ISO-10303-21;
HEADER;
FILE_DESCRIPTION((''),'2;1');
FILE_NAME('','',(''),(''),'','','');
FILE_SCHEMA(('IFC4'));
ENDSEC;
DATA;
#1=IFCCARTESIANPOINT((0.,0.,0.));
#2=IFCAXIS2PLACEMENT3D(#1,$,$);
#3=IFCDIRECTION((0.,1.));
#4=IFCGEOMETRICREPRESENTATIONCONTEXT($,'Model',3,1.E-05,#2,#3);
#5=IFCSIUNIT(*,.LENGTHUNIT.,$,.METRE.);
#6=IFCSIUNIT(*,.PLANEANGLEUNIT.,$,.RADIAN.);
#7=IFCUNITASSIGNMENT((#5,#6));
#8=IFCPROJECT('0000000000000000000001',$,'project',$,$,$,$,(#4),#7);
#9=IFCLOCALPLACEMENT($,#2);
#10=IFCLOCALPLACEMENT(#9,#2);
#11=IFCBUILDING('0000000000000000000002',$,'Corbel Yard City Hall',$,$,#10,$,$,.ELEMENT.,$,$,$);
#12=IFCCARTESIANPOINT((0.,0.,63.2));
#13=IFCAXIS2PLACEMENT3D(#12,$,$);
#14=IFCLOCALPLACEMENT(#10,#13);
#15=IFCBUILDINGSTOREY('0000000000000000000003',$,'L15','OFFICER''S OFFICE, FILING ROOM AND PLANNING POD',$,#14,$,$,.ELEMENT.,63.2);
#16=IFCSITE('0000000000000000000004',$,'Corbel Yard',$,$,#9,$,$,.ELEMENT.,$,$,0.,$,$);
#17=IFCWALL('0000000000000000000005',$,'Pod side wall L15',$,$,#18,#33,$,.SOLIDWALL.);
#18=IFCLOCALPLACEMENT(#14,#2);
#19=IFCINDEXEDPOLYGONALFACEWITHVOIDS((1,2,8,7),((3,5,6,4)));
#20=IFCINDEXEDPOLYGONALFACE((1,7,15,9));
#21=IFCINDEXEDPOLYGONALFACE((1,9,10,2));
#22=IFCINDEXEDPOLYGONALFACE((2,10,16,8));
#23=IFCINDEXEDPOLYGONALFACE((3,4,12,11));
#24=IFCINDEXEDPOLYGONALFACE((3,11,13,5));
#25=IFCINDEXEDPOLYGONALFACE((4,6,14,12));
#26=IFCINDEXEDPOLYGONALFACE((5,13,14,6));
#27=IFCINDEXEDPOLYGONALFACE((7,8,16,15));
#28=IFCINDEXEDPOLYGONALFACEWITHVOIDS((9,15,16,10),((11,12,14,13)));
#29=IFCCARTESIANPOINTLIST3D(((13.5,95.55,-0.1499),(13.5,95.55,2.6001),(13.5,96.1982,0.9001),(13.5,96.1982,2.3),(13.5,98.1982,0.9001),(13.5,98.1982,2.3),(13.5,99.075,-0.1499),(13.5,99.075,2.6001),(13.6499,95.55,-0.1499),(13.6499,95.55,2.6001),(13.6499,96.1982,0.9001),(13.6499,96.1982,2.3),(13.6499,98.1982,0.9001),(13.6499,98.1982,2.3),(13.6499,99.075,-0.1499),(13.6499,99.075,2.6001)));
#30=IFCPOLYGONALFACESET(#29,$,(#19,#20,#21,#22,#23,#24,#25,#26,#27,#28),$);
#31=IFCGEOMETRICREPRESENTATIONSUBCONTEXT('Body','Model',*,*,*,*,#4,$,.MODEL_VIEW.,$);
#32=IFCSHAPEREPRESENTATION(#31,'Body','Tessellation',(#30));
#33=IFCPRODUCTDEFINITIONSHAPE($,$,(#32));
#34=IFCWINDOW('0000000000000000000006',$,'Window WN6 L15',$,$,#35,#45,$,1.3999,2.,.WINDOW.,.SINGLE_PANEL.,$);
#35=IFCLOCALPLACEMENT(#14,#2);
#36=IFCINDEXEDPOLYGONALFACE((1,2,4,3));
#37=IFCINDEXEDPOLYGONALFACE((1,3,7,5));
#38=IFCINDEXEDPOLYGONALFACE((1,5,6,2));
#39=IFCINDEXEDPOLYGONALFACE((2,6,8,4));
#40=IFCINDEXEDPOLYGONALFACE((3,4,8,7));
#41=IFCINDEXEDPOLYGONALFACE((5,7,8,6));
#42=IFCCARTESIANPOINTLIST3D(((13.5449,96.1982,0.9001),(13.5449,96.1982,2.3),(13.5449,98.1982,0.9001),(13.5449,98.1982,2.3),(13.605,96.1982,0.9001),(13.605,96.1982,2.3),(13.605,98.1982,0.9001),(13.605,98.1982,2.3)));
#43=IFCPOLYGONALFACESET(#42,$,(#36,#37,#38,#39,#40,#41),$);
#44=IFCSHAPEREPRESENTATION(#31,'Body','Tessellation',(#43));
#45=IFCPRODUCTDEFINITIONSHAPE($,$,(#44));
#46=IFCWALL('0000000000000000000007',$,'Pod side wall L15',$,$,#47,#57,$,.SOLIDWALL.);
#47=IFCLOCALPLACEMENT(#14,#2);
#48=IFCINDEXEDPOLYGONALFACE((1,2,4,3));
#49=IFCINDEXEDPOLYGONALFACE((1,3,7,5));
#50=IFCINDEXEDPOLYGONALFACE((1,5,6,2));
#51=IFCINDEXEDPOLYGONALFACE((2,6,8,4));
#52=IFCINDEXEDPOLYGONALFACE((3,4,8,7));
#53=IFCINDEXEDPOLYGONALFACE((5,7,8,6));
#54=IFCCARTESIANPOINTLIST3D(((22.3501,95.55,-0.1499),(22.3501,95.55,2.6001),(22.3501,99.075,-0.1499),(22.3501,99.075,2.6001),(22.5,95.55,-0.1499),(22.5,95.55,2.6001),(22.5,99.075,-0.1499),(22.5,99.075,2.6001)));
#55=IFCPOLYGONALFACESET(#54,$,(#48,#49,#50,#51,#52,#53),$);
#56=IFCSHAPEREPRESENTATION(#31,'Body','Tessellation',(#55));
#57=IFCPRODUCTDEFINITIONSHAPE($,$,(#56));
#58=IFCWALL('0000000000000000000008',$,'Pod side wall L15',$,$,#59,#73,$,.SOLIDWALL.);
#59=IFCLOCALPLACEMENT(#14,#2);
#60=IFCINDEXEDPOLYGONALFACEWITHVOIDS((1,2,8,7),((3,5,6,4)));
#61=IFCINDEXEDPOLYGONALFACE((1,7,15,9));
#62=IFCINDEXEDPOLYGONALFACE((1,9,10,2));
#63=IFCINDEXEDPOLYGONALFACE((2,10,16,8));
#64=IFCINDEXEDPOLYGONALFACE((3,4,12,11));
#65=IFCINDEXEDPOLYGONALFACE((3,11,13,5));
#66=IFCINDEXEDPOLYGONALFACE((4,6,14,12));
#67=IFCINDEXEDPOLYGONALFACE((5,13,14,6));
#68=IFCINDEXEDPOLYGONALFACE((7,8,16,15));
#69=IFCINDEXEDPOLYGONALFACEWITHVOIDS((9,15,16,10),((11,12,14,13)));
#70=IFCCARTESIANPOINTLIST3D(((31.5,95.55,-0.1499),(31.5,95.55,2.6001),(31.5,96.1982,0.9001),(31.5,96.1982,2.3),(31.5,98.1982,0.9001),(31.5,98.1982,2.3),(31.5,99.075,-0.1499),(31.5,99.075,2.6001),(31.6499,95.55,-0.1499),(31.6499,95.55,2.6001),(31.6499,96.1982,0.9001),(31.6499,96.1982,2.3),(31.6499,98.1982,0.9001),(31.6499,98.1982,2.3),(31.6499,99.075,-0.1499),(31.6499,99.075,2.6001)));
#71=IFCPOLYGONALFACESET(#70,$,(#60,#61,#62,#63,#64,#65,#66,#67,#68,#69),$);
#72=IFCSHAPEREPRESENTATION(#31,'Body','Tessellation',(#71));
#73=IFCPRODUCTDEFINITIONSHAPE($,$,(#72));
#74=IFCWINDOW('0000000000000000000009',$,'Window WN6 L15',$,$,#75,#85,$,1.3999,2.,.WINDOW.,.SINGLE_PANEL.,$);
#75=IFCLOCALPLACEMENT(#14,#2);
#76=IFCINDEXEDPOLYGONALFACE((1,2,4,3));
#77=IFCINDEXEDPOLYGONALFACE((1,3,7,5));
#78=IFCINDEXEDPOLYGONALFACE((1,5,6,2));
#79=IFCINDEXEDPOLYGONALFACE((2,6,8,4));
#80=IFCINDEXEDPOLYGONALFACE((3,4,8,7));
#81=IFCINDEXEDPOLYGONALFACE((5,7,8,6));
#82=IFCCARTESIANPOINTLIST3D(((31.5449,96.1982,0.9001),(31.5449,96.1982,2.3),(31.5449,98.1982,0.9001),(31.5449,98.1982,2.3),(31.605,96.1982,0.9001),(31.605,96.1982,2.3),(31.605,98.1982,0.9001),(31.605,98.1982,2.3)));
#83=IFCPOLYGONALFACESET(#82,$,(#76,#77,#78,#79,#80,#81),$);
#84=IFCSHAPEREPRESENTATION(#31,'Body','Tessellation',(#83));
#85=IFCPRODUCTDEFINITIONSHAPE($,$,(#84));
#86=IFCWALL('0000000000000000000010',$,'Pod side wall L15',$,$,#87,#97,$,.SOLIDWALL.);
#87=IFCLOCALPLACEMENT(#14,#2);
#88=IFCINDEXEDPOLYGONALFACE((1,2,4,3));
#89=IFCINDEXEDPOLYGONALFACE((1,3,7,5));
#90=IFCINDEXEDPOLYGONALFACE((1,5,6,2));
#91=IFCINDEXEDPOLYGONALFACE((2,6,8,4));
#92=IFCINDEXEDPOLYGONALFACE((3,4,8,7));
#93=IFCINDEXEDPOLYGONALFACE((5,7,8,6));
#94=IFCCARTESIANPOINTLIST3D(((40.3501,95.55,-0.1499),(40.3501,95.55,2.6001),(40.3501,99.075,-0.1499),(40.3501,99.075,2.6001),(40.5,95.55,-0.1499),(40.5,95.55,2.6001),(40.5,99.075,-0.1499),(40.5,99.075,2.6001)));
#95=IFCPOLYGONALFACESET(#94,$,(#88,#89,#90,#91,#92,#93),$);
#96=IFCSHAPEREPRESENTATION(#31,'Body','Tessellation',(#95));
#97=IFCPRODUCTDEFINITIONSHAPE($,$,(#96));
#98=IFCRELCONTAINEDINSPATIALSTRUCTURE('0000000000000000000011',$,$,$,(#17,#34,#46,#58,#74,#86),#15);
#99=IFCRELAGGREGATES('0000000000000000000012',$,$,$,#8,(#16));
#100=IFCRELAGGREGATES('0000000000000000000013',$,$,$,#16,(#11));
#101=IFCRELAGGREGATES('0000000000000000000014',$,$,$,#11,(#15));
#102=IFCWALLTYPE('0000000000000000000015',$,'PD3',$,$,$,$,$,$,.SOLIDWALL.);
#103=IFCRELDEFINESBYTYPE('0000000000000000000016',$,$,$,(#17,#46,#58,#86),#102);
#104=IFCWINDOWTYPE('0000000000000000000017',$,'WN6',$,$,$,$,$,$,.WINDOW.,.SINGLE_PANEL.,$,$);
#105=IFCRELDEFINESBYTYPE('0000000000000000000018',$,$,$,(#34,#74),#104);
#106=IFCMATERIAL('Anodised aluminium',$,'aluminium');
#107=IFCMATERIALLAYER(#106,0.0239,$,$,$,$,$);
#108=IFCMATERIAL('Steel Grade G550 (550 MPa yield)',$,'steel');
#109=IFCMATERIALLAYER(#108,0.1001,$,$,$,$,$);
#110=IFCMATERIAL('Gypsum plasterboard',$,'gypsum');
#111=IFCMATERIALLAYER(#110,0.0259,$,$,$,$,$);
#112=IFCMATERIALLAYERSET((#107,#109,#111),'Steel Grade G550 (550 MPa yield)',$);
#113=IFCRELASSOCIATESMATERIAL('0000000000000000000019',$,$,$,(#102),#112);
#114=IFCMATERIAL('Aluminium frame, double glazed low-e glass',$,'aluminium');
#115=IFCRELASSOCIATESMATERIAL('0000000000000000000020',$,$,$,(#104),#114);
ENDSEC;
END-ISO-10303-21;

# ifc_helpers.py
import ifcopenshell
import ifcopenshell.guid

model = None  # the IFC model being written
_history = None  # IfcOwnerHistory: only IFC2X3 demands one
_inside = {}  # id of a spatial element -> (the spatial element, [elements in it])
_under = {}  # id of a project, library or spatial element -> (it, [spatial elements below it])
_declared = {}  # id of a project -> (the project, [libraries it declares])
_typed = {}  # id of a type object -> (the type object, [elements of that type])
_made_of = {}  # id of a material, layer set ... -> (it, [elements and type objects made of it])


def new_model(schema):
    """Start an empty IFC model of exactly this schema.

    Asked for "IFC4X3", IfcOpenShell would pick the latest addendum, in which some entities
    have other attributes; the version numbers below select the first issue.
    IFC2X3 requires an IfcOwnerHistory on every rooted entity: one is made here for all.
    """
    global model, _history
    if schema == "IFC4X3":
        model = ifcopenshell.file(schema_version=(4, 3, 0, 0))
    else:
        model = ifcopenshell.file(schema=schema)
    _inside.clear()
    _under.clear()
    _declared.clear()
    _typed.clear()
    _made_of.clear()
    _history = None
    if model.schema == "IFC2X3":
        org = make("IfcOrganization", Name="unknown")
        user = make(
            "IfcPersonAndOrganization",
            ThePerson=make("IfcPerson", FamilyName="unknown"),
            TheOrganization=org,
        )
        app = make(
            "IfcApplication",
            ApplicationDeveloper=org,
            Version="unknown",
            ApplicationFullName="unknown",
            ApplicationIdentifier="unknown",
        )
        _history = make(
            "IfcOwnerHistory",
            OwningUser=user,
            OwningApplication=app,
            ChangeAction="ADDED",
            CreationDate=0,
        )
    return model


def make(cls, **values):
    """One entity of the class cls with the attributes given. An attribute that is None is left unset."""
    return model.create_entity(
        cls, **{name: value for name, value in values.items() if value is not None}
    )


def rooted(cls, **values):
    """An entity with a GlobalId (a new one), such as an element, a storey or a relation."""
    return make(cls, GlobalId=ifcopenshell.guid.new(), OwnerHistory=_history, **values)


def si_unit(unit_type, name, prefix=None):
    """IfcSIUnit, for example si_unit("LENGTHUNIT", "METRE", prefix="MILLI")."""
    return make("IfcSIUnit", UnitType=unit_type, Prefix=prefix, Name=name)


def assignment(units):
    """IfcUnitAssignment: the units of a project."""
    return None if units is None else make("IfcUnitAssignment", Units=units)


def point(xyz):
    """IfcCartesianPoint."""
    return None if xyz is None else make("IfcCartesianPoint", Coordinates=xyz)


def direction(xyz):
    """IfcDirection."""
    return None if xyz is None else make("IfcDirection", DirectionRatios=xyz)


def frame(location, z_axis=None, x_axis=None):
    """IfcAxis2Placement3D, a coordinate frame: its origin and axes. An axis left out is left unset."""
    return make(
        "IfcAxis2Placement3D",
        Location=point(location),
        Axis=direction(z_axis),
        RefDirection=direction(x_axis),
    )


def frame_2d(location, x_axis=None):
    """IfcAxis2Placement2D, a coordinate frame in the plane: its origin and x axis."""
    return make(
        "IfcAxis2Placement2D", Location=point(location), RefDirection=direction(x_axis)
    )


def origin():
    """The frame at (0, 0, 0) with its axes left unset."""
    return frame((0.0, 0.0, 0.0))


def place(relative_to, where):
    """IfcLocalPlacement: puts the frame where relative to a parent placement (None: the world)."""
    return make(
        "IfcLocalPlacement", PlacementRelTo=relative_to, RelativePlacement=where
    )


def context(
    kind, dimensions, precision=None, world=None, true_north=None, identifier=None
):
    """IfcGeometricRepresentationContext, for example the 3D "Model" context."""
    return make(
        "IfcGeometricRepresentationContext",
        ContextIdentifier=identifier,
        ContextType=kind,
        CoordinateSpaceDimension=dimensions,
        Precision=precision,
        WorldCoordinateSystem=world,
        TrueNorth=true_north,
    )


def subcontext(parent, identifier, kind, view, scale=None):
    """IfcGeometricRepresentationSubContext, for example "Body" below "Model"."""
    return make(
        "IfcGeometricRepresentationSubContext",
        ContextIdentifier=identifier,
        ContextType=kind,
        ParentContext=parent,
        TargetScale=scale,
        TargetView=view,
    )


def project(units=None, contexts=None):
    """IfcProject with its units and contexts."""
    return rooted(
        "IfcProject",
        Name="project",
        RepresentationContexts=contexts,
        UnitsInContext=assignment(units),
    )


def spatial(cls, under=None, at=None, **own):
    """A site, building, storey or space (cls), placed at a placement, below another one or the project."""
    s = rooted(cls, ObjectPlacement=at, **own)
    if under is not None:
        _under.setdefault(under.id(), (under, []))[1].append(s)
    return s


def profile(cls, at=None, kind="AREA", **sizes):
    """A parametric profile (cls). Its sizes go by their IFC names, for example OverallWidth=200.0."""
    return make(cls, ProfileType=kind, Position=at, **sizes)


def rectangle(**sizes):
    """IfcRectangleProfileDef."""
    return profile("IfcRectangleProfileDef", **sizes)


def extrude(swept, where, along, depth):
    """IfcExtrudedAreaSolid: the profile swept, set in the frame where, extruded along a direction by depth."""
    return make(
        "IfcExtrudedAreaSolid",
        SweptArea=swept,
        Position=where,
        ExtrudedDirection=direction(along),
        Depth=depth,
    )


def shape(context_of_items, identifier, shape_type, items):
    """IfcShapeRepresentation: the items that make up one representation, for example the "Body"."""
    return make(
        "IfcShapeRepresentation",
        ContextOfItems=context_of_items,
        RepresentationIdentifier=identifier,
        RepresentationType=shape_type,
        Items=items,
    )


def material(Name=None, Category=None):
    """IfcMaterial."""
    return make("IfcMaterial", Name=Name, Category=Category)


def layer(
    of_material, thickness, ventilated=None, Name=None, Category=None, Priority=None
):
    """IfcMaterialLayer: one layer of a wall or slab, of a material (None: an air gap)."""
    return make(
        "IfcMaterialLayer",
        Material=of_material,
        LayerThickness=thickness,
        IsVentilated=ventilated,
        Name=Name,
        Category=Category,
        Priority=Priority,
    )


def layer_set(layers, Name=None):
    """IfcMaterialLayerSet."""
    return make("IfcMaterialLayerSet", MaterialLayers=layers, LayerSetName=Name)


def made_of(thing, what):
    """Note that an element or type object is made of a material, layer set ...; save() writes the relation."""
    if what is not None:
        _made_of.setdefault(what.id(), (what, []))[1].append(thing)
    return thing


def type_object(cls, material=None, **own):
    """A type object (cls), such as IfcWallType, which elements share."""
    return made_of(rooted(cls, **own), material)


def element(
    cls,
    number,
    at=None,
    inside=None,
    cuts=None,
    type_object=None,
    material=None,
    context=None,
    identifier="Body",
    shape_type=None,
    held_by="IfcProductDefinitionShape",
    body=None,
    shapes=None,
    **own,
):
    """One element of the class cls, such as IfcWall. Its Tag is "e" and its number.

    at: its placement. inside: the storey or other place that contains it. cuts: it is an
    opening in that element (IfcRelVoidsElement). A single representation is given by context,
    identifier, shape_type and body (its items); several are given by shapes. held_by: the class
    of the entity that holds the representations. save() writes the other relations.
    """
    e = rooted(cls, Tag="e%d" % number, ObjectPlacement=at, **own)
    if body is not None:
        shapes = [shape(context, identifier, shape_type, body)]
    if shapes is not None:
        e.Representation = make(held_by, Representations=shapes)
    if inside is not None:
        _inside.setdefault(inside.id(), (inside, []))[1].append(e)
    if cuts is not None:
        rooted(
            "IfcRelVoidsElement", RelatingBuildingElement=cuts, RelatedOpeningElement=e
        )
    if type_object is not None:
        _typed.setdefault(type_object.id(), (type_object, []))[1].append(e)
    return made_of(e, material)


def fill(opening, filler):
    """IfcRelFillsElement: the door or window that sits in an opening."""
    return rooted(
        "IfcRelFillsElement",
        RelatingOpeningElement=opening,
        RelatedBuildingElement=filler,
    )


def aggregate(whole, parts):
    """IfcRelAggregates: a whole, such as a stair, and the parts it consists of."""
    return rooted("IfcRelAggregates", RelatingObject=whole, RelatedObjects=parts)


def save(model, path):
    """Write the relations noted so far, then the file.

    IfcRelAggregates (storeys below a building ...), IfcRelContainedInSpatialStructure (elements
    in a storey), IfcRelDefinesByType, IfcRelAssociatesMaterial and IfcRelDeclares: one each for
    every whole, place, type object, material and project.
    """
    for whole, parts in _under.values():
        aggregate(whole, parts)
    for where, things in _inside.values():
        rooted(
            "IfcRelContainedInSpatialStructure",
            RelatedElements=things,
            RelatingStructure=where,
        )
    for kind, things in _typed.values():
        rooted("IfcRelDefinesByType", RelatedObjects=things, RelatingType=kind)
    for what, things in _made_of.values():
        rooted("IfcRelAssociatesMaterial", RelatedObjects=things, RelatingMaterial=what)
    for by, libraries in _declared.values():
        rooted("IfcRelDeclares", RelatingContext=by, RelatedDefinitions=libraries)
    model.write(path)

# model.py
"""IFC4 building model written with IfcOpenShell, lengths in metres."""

from ifc_helpers import new_model, si_unit, direction, frame, frame_2d, origin, place, context, subcontext, project, spatial, rectangle, extrude, material, layer, layer_set, type_object, element, fill, save


model = new_model("IFC4")

# Units and contexts
model_context = context("Model", 3, precision=1e-05, world=origin(), true_north=direction((0.0, 1.0)))
body_context = subcontext(model_context, "Body", "Model", "MODEL_VIEW")
ifc_project = project(units=[si_unit("LENGTHUNIT", "METRE"), si_unit("PLANEANGLEUNIT", "RADIAN")], contexts=[model_context])

# Site, building, storey
site_placement = place(None, origin())
site = spatial("IfcSite", under=ifc_project, at=site_placement, Name="Corbel Yard", CompositionType="ELEMENT", RefElevation=0.0)
building_placement = place(site_placement, origin())
building = spatial("IfcBuilding", under=site, at=building_placement, Name="Corbel Yard City Hall", CompositionType="ELEMENT")
storey_placement = place(building_placement, frame((0.0, 0.0, 63.2)))
storey = spatial("IfcBuildingStorey", under=building, at=storey_placement, Name="L15", Description="OFFICER'S OFFICE, FILING ROOM AND PLANNING POD", CompositionType="ELEMENT", Elevation=63.2)

# Shared definitions
ifc_material_1 = material(Name="Anodised aluminium", Category="aluminium")
ifc_material_2 = material(Name="Steel Grade G550 (550 MPa yield)", Category="steel")
ifc_material_3 = material(Name="Gypsum plasterboard", Category="gypsum")
ifc_material_4 = material(Name="Aluminium frame, double glazed low-e glass", Category="aluminium")

# Wall, opening, window
ifc_layer_1 = layer(ifc_material_1, 0.0239)
ifc_layer_2 = layer(ifc_material_2, 0.1001)
ifc_layer_3 = layer(ifc_material_3, 0.0259)
ifc_layer_set_1 = layer_set([ifc_layer_1, ifc_layer_2, ifc_layer_3], Name="Steel Grade G550 (550 MPa yield)")
wall_type_1 = type_object("IfcWallType", Name="PD3", PredefinedType="SOLIDWALL", material=ifc_layer_set_1)
wall_1_placement = place(storey_placement, frame((13.575, 95.55, -0.1499), z_axis=(0.0, 0.0, 1.0), x_axis=(0.0, 1.0, 0.0)))
wall_1 = element("IfcWall", 1, at=wall_1_placement, inside=storey, type_object=wall_type_1, Name="Pod side wall L15", PredefinedType="SOLIDWALL", context=body_context, shape_type="SweptSolid", body=[
    extrude(rectangle(XDim=3.5249, YDim=0.1499, at=frame_2d((1.7625, 0.0))), origin(), (0.0, 0.0, 1.0), 2.75),
])
opening_1_placement = place(wall_1_placement, frame((0.6482, 0.0, 1.05)))
opening_1 = element("IfcOpeningElement", 2, at=opening_1_placement, cuts=wall_1, PredefinedType="OPENING", context=body_context, shape_type="SweptSolid", body=[
    extrude(rectangle(XDim=2.0, YDim=1.3999, at=frame_2d((1.0, 0.7))), frame((0.0, 0.085, 0.0), z_axis=(0.0, -1.0, 0.0), x_axis=(1.0, 0.0, 0.0)), (0.0, 0.0, 1.0), 0.1699),
])
window_type_1 = type_object("IfcWindowType", Name="WN6", PartitioningType="SINGLE_PANEL", PredefinedType="WINDOW", material=ifc_material_4)
window_1_placement = place(opening_1_placement, origin())
window_1 = element("IfcWindow", 3, at=window_1_placement, inside=storey, type_object=window_type_1, Name="Window WN6 L15", OverallHeight=1.3999, OverallWidth=2.0, PartitioningType="SINGLE_PANEL", PredefinedType="WINDOW", context=body_context, shape_type="SweptSolid", body=[
    extrude(rectangle(XDim=2.0, YDim=1.3999, at=frame_2d((1.0, 0.7))), frame((0.0, 0.03, 0.0), z_axis=(0.0, -1.0, 0.0), x_axis=(1.0, 0.0, 0.0)), (0.0, 0.0, 1.0), 0.0601),
])
fill(opening_1, window_1)

# Wall
wall_2_placement = place(storey_placement, frame((22.425, 95.55, -0.1499), z_axis=(0.0, 0.0, 1.0), x_axis=(0.0, 1.0, 0.0)))
element("IfcWall", 4, at=wall_2_placement, inside=storey, type_object=wall_type_1, Name="Pod side wall L15", PredefinedType="SOLIDWALL", context=body_context, shape_type="SweptSolid", body=[
    extrude(rectangle(XDim=3.5249, YDim=0.1499, at=frame_2d((1.7625, 0.0))), origin(), (0.0, 0.0, 1.0), 2.75),
])

# Wall, opening, window
wall_3_placement = place(storey_placement, frame((31.575, 95.55, -0.1499), z_axis=(0.0, 0.0, 1.0), x_axis=(0.0, 1.0, 0.0)))
wall_3 = element("IfcWall", 5, at=wall_3_placement, inside=storey, type_object=wall_type_1, Name="Pod side wall L15", PredefinedType="SOLIDWALL", context=body_context, shape_type="SweptSolid", body=[
    extrude(rectangle(XDim=3.5249, YDim=0.1499, at=frame_2d((1.7625, 0.0))), origin(), (0.0, 0.0, 1.0), 2.75),
])
opening_2_placement = place(wall_3_placement, frame((0.6482, 0.0, 1.05)))
opening_2 = element("IfcOpeningElement", 6, at=opening_2_placement, cuts=wall_3, PredefinedType="OPENING", context=body_context, shape_type="SweptSolid", body=[
    extrude(rectangle(XDim=2.0, YDim=1.3999, at=frame_2d((1.0, 0.7))), frame((0.0, 0.085, 0.0), z_axis=(0.0, -1.0, 0.0), x_axis=(1.0, 0.0, 0.0)), (0.0, 0.0, 1.0), 0.1699),
])
window_2_placement = place(opening_2_placement, origin())
window_2 = element("IfcWindow", 7, at=window_2_placement, inside=storey, type_object=window_type_1, Name="Window WN6 L15", OverallHeight=1.3999, OverallWidth=2.0, PartitioningType="SINGLE_PANEL", PredefinedType="WINDOW", context=body_context, shape_type="SweptSolid", body=[
    extrude(rectangle(XDim=2.0, YDim=1.3999, at=frame_2d((1.0, 0.7))), frame((0.0, 0.03, 0.0), z_axis=(0.0, -1.0, 0.0), x_axis=(1.0, 0.0, 0.0)), (0.0, 0.0, 1.0), 0.0601),
])
fill(opening_2, window_2)

# Wall
wall_4_placement = place(storey_placement, frame((40.425, 95.55, -0.1499), z_axis=(0.0, 0.0, 1.0), x_axis=(0.0, 1.0, 0.0)))
element("IfcWall", 8, at=wall_4_placement, inside=storey, type_object=wall_type_1, Name="Pod side wall L15", PredefinedType="SOLIDWALL", context=body_context, shape_type="SweptSolid", body=[
    extrude(rectangle(XDim=3.5249, YDim=0.1499, at=frame_2d((1.7625, 0.0))), origin(), (0.0, 0.0, 1.0), 2.75),
])

save(model, "model.ifc")
